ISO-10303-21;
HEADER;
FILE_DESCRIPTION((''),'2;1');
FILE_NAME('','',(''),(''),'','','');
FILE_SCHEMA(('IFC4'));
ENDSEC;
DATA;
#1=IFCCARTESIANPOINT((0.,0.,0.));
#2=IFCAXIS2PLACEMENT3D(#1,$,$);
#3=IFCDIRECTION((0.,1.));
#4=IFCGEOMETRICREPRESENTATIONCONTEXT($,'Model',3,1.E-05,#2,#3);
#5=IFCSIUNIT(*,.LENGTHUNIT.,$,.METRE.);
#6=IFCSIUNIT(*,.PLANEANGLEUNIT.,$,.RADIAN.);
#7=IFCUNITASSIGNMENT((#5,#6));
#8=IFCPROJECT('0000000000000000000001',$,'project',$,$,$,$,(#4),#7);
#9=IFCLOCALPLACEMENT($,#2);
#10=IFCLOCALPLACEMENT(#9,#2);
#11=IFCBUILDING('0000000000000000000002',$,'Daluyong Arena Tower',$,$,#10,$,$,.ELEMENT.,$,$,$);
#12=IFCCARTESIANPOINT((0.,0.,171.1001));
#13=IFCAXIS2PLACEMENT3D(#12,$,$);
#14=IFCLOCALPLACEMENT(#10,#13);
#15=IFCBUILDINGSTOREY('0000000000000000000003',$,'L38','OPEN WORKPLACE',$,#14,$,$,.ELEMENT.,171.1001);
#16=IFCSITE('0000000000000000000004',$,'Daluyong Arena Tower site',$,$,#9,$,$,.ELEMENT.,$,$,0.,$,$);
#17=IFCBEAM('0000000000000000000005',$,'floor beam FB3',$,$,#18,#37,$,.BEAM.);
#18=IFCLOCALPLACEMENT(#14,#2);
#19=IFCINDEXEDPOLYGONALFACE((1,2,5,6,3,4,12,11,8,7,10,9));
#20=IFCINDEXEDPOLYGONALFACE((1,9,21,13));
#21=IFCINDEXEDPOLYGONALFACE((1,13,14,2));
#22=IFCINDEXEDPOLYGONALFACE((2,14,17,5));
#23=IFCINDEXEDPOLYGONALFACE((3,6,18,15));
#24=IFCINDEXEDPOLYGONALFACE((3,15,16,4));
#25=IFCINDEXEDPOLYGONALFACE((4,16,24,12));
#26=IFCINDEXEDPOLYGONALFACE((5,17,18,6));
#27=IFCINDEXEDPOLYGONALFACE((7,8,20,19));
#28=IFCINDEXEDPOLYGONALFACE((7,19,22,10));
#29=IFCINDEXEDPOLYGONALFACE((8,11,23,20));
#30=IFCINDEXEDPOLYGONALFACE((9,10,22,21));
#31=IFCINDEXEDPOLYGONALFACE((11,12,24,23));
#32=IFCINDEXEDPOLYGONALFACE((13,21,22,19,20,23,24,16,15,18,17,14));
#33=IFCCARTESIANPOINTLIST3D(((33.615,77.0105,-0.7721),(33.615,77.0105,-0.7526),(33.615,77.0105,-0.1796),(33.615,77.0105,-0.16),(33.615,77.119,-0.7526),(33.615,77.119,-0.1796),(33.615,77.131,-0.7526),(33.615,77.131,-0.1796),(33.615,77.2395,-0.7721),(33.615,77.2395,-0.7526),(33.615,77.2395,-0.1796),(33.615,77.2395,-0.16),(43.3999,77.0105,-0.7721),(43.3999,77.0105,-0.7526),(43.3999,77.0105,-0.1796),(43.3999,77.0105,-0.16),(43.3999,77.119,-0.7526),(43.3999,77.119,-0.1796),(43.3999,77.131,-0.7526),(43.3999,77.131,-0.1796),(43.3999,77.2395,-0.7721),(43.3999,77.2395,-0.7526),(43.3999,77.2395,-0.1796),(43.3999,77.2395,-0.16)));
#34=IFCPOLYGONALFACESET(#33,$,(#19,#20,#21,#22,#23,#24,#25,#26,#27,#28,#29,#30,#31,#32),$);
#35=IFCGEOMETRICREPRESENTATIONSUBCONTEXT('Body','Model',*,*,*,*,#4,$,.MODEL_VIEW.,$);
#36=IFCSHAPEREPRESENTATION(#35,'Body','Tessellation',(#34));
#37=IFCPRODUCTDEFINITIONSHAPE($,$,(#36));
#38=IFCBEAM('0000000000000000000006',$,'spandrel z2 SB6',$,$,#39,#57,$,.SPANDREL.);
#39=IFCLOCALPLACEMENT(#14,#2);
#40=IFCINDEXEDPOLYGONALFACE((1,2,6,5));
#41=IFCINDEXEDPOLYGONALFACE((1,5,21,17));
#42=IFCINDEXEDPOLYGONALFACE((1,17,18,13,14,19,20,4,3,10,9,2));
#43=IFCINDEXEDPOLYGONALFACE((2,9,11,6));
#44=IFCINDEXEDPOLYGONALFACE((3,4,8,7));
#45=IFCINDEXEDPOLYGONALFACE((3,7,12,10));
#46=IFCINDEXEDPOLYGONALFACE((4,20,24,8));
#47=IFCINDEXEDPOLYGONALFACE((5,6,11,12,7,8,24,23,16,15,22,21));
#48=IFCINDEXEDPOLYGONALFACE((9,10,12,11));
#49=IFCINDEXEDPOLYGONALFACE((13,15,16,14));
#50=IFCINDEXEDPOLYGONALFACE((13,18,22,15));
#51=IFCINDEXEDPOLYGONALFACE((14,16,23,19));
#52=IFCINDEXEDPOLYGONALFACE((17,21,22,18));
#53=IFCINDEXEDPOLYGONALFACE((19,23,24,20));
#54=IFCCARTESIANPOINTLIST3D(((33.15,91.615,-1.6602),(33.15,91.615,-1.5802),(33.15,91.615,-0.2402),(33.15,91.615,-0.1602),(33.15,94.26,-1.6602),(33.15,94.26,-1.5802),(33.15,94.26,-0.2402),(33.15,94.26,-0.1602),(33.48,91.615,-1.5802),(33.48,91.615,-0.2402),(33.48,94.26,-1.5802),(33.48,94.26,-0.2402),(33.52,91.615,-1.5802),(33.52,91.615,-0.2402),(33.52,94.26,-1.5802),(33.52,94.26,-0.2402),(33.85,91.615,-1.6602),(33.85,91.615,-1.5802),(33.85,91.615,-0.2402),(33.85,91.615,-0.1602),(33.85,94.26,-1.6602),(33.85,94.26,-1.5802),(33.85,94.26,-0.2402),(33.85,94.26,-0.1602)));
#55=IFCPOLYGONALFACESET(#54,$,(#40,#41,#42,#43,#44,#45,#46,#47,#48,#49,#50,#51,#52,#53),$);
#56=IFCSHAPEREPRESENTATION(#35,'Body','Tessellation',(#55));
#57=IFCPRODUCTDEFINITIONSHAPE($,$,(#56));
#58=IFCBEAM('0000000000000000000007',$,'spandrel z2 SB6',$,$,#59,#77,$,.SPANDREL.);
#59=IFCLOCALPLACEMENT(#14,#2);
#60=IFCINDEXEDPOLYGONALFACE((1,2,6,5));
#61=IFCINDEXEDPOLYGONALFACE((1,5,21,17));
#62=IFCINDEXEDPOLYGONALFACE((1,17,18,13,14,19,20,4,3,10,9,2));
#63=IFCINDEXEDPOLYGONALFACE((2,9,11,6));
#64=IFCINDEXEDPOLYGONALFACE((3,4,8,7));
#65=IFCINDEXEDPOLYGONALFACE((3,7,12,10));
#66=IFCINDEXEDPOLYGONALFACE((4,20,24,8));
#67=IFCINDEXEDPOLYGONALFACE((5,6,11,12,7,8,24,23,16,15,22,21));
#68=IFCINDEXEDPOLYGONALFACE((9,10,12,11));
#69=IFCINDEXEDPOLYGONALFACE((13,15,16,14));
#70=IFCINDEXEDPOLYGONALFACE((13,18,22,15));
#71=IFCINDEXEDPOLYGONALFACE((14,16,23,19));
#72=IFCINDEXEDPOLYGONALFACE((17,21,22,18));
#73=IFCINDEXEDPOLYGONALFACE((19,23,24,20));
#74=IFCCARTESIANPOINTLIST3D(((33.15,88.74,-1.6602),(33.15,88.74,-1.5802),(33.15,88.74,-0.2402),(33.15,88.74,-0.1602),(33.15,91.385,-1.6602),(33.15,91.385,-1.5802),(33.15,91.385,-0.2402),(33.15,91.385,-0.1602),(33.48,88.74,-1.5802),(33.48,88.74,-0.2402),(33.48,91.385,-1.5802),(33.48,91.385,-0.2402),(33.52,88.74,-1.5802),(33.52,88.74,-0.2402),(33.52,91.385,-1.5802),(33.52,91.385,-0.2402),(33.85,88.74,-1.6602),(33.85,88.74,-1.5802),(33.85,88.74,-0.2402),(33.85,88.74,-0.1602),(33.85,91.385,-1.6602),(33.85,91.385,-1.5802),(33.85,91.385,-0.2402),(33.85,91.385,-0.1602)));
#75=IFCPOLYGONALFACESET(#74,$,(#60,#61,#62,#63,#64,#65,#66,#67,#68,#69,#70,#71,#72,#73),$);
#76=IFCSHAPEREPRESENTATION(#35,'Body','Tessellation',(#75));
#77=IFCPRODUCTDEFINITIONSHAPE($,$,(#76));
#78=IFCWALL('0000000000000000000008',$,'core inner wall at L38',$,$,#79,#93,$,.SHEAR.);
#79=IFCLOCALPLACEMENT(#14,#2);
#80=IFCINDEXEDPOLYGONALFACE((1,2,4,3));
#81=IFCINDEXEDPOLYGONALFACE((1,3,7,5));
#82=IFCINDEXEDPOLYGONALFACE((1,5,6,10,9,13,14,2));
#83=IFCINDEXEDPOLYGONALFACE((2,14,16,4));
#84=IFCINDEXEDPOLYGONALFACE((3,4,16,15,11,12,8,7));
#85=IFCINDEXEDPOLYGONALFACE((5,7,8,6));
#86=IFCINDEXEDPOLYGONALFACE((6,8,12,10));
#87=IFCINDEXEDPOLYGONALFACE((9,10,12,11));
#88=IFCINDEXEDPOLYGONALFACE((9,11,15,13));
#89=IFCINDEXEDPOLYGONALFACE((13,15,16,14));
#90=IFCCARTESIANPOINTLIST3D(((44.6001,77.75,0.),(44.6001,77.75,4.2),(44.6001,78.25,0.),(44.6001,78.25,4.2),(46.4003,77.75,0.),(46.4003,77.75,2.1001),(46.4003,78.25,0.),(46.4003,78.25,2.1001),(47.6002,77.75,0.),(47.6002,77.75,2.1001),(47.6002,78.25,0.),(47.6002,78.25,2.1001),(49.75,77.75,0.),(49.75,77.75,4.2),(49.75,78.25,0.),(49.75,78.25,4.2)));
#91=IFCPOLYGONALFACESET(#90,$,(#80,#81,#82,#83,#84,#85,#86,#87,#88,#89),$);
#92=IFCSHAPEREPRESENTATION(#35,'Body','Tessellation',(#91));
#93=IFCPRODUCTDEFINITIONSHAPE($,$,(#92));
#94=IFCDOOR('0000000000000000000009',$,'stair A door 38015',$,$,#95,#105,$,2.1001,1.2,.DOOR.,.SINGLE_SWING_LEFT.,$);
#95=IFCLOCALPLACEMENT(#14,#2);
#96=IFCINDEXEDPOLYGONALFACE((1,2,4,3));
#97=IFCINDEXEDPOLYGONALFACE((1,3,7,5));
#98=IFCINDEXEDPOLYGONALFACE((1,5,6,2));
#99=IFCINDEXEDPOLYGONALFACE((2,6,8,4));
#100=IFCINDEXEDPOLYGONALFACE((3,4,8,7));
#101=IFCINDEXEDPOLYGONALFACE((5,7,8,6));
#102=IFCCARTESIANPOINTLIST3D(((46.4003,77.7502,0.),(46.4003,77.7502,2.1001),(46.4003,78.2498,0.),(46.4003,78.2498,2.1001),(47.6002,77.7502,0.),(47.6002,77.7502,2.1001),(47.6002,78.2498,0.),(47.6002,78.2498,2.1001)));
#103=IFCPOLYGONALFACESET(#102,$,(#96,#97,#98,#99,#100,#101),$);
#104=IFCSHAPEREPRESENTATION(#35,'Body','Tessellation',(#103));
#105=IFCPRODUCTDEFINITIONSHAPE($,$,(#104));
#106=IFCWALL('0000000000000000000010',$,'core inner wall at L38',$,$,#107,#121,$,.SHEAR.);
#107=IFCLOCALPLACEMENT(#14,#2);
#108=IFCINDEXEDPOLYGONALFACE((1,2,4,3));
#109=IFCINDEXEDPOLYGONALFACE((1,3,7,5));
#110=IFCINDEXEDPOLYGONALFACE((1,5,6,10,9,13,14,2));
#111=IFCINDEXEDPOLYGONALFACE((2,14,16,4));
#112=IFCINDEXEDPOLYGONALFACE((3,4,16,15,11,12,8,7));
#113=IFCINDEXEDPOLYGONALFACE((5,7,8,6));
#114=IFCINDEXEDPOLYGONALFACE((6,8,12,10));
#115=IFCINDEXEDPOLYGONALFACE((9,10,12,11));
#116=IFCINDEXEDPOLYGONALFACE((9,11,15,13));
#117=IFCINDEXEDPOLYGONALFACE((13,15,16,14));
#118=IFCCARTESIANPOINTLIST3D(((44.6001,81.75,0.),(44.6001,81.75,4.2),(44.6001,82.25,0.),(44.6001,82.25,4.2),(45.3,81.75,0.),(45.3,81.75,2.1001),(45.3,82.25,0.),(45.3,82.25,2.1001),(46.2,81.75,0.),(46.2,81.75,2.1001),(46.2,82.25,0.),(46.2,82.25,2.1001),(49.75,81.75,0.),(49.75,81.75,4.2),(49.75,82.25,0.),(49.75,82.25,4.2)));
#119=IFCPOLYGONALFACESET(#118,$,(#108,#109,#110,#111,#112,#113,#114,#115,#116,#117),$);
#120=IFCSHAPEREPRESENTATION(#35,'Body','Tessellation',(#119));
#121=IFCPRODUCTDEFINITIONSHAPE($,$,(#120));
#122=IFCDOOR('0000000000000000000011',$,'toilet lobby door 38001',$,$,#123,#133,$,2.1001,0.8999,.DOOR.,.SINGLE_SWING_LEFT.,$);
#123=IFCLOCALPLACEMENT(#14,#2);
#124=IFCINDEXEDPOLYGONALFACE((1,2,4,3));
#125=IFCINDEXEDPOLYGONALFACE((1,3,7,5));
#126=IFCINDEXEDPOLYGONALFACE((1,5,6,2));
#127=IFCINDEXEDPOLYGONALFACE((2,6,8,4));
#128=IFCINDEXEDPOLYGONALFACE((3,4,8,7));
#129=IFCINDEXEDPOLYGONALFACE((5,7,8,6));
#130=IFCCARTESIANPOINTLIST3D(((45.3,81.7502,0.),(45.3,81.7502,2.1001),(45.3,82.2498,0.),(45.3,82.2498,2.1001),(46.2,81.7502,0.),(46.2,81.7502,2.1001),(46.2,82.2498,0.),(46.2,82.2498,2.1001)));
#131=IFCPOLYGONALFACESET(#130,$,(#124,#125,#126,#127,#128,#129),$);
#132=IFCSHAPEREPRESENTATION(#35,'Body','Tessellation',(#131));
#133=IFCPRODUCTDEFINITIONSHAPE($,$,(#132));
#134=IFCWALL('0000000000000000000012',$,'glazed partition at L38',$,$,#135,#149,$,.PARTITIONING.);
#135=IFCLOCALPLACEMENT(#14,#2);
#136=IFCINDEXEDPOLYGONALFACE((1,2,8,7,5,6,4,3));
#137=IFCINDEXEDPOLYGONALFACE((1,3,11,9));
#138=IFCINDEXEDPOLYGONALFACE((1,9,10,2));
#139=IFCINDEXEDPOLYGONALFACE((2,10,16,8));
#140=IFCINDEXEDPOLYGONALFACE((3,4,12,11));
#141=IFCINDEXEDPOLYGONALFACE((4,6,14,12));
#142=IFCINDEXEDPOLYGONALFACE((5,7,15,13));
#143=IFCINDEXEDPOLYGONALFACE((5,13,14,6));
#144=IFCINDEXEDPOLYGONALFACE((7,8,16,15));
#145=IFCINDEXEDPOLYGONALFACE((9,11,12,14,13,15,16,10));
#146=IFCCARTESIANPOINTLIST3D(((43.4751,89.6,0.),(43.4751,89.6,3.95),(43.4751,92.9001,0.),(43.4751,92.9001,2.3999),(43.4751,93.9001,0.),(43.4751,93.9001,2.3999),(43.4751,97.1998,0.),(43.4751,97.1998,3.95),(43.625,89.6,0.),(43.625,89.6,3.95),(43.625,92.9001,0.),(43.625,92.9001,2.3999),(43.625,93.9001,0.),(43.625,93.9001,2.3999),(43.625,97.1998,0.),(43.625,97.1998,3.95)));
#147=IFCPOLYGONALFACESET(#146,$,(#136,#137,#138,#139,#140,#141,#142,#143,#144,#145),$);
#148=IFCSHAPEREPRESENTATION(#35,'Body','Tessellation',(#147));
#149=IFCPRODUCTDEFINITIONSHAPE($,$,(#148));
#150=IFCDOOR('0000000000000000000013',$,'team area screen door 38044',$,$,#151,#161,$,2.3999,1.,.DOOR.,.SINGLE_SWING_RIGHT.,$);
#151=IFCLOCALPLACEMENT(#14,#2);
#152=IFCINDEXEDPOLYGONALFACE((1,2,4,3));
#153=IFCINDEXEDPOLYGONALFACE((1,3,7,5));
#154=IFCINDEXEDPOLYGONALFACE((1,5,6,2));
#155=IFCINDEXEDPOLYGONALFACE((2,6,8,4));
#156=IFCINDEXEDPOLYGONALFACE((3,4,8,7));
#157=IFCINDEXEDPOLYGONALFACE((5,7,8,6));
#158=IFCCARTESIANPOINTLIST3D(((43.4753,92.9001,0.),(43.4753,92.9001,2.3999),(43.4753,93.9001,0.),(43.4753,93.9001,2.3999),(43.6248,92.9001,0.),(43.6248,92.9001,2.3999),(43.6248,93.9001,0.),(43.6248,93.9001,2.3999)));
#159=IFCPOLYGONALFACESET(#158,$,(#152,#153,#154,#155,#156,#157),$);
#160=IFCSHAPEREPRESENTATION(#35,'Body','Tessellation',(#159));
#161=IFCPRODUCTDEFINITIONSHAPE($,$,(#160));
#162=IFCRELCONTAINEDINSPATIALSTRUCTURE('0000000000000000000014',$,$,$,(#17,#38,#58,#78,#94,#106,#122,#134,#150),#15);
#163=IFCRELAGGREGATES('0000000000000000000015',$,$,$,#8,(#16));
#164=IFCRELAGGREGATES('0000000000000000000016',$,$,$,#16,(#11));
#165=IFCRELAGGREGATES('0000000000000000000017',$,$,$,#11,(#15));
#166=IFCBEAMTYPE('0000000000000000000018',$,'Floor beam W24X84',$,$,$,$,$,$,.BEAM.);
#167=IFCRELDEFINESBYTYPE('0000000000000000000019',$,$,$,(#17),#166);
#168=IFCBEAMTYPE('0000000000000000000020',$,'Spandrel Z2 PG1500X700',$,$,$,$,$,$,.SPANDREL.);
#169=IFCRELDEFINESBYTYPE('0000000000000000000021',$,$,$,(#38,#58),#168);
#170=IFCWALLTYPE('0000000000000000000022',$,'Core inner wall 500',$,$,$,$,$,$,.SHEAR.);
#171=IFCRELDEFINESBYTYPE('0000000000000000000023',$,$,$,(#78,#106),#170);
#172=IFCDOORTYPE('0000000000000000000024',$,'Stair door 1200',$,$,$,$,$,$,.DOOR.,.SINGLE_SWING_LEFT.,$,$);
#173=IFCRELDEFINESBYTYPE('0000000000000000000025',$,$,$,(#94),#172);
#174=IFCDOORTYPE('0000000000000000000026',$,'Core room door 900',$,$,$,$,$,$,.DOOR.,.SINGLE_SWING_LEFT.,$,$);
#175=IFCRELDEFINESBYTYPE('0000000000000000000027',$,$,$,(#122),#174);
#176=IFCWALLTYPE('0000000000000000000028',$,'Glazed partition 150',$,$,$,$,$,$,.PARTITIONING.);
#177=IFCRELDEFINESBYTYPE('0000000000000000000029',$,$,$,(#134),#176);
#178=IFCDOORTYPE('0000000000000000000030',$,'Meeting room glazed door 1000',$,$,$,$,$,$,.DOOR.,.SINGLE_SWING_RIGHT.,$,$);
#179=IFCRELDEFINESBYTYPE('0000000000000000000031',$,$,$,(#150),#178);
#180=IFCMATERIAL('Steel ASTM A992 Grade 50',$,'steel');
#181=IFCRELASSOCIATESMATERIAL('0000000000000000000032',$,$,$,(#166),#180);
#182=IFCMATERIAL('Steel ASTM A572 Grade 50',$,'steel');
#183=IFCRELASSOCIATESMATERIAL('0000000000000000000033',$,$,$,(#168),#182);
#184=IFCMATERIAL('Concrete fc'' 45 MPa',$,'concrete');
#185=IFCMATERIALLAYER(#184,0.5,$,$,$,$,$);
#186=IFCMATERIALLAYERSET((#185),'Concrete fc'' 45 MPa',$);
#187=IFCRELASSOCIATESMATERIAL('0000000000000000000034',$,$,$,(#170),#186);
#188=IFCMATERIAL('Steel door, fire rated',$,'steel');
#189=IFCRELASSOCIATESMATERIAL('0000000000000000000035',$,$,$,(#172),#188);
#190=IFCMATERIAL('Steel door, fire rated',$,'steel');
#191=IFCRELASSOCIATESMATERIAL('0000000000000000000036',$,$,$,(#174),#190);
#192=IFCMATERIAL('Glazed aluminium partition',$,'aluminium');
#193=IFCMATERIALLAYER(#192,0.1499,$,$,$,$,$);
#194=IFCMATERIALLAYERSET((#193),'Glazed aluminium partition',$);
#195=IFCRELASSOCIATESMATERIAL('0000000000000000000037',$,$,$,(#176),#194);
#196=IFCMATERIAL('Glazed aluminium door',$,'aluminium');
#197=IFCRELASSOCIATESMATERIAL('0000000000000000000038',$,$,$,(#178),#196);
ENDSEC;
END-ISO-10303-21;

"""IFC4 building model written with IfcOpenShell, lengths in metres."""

from ifc_helpers import new_model, si_unit, direction, frame, frame_2d, origin, origin_2d, place, context, subcontext, project, spatial, rectangle, i_section, extrude, material, layer, layer_set, material_profile, profile_set, type_object, element, fill, save


model = new_model("IFC4")

# Units and contexts
model_context = context("Model", 3, precision=1e-05, world=origin(), true_north=direction((0.0, 1.0)))
body_context = subcontext(model_context, "Body", "Model", "MODEL_VIEW")
ifc_project = project(units=[si_unit("LENGTHUNIT", "METRE"), si_unit("PLANEANGLEUNIT", "RADIAN")], contexts=[model_context])

# Site, building, storey
site_placement = place(None, origin())
site = spatial("IfcSite", under=ifc_project, at=site_placement, Name="Daluyong Arena Tower site", CompositionType="ELEMENT", RefElevation=0.0)
building_placement = place(site_placement, origin())
building = spatial("IfcBuilding", under=site, at=building_placement, Name="Daluyong Arena Tower", CompositionType="ELEMENT")
storey_placement = place(building_placement, frame((0.0, 0.0, 171.1001)))
storey = spatial("IfcBuildingStorey", under=building, at=storey_placement, Name="L38", Description="OPEN WORKPLACE", CompositionType="ELEMENT", Elevation=171.1001)

# Beams
ifc_material_1 = material(Name="Steel ASTM A992 Grade 50", Category="steel")
ifc_material_profile_1 = material_profile(ifc_material_1, i_section(OverallWidth=0.229, OverallDepth=0.6121, WebThickness=0.012, FlangeThickness=0.0195, at=origin_2d()))
ifc_profile_set_1 = profile_set([ifc_material_profile_1], Name="Steel ASTM A992 Grade 50")
beam_type_1 = type_object("IfcBeamType", Name="Floor beam W24X84", PredefinedType="BEAM", material=ifc_profile_set_1)
for number, where, z_axis, x_axis, name in (
    (1, (33.615, 77.125, -0.4661), (1.0, 0.0, 0.0), (0.0, 1.0, 0.0), "floor beam FB3"),
):
    element("IfcBeam", number, at=place(storey_placement, frame(where, z_axis=z_axis, x_axis=x_axis)), inside=storey, type_object=beam_type_1, Name=name, PredefinedType="BEAM", context=body_context, shape_type="SweptSolid", body=[
        extrude(i_section(OverallWidth=0.229, OverallDepth=0.6121, WebThickness=0.012, FlangeThickness=0.0195, at=origin_2d()), origin(), (0.0, 0.0, 1.0), 9.7849),
    ])
ifc_material_2 = material(Name="Steel ASTM A572 Grade 50", Category="steel")
ifc_material_profile_2 = material_profile(ifc_material_2, i_section(OverallWidth=0.7, OverallDepth=1.5, WebThickness=0.04, FlangeThickness=0.08, at=origin_2d()))
ifc_profile_set_2 = profile_set([ifc_material_profile_2], Name="Steel ASTM A572 Grade 50")
beam_type_2 = type_object("IfcBeamType", Name="Spandrel Z2 PG1500X700", PredefinedType="SPANDREL", material=ifc_profile_set_2)
for number, where, z_axis, x_axis, name in (
    (2, (33.5, 94.26, -0.9102), (0.0, -1.0, 0.0), (1.0, 0.0, 0.0), "spandrel z2 SB6"),
    (3, (33.5, 91.385, -0.9102), (0.0, -1.0, 0.0), (1.0, 0.0, 0.0), "spandrel z2 SB6"),
):
    element("IfcBeam", number, at=place(storey_placement, frame(where, z_axis=z_axis, x_axis=x_axis)), inside=storey, type_object=beam_type_2, Name=name, PredefinedType="SPANDREL", context=body_context, shape_type="SweptSolid", body=[
        extrude(i_section(OverallWidth=0.7, OverallDepth=1.5, WebThickness=0.04, FlangeThickness=0.08, at=origin_2d()), origin(), (0.0, 0.0, 1.0), 2.645),
    ])

# Walls, openings, doors
ifc_material_3 = material(Name="Concrete fc' 45 MPa", Category="concrete")
ifc_layer_1 = layer(ifc_material_3, 0.5)
ifc_layer_set_1 = layer_set([ifc_layer_1], Name="Concrete fc' 45 MPa")
wall_type_1 = type_object("IfcWallType", Name="Core inner wall 500", PredefinedType="SHEAR", material=ifc_layer_set_1)
wall_1_placement = place(storey_placement, frame((44.6001, 78.0, 0.0), z_axis=(0.0, 0.0, 1.0), x_axis=(1.0, 0.0, 0.0)))
wall_1 = element("IfcWall", 4, at=wall_1_placement, inside=storey, type_object=wall_type_1, Name="core inner wall at L38", PredefinedType="SHEAR", context=body_context, shape_type="SweptSolid", body=[
    extrude(rectangle(XDim=5.1499, YDim=0.5, at=frame_2d((2.575, 0.0))), origin(), (0.0, 0.0, 1.0), 4.2),
])
opening_1_placement = place(wall_1_placement, frame((1.8, 0.0, 0.0)))
opening_1 = element("IfcOpeningElement", 5, at=opening_1_placement, cuts=wall_1, PredefinedType="OPENING", context=body_context, shape_type="SweptSolid", body=[
    extrude(rectangle(XDim=1.2, YDim=2.1001, at=frame_2d((0.6001, 1.05))), frame((0.0, 0.26, 0.0), z_axis=(0.0, -1.0, 0.0), x_axis=(1.0, 0.0, 0.0)), (0.0, 0.0, 1.0), 0.52),
])
ifc_material_4 = material(Name="Steel door, fire rated", Category="steel")
door_type_1 = type_object("IfcDoorType", Name="Stair door 1200", OperationType="SINGLE_SWING_LEFT", PredefinedType="DOOR", material=ifc_material_4)
door_1_placement = place(opening_1_placement, origin())
door_1 = element("IfcDoor", 6, at=door_1_placement, inside=storey, type_object=door_type_1, Name="stair A door 38015", OperationType="SINGLE_SWING_LEFT", OverallHeight=2.1001, OverallWidth=1.2, PredefinedType="DOOR", context=body_context, shape_type="SweptSolid", body=[
    extrude(rectangle(XDim=1.2, YDim=2.1001, at=frame_2d((0.6001, 1.05))), frame((0.0, 0.2498, 0.0), z_axis=(0.0, -1.0, 0.0), x_axis=(1.0, 0.0, 0.0)), (0.0, 0.0, 1.0), 0.4995),
])
fill(opening_1, door_1)
wall_2_placement = place(storey_placement, frame((44.6001, 82.0, 0.0), z_axis=(0.0, 0.0, 1.0), x_axis=(1.0, 0.0, 0.0)))
wall_2 = element("IfcWall", 7, at=wall_2_placement, inside=storey, type_object=wall_type_1, Name="core inner wall at L38", PredefinedType="SHEAR", context=body_context, shape_type="SweptSolid", body=[
    extrude(rectangle(XDim=5.1499, YDim=0.5, at=frame_2d((2.575, 0.0))), origin(), (0.0, 0.0, 1.0), 4.2),
])
opening_2_placement = place(wall_2_placement, frame((0.7, 0.0, 0.0)))
opening_2 = element("IfcOpeningElement", 8, at=opening_2_placement, cuts=wall_2, PredefinedType="OPENING", context=body_context, shape_type="SweptSolid", body=[
    extrude(rectangle(XDim=0.8999, YDim=2.1001, at=frame_2d((0.45, 1.05))), frame((0.0, 0.26, 0.0), z_axis=(0.0, -1.0, 0.0), x_axis=(1.0, 0.0, 0.0)), (0.0, 0.0, 1.0), 0.52),
])
ifc_material_5 = material(Name="Steel door, fire rated", Category="steel")
door_type_2 = type_object("IfcDoorType", Name="Core room door 900", OperationType="SINGLE_SWING_LEFT", PredefinedType="DOOR", material=ifc_material_5)
door_2_placement = place(opening_2_placement, origin())
door_2 = element("IfcDoor", 9, at=door_2_placement, inside=storey, type_object=door_type_2, Name="toilet lobby door 38001", OperationType="SINGLE_SWING_LEFT", OverallHeight=2.1001, OverallWidth=0.8999, PredefinedType="DOOR", context=body_context, shape_type="SweptSolid", body=[
    extrude(rectangle(XDim=0.8999, YDim=2.1001, at=frame_2d((0.45, 1.05))), frame((0.0, 0.2498, 0.0), z_axis=(0.0, -1.0, 0.0), x_axis=(1.0, 0.0, 0.0)), (0.0, 0.0, 1.0), 0.4995),
])
fill(opening_2, door_2)
ifc_material_6 = material(Name="Glazed aluminium partition", Category="aluminium")
ifc_layer_2 = layer(ifc_material_6, 0.1499)
ifc_layer_set_2 = layer_set([ifc_layer_2], Name="Glazed aluminium partition")
wall_type_2 = type_object("IfcWallType", Name="Glazed partition 150", PredefinedType="PARTITIONING", material=ifc_layer_set_2)
wall_3_placement = place(storey_placement, frame((43.55, 89.6001, 0.0), z_axis=(0.0, 0.0, 1.0), x_axis=(0.0, 1.0, 0.0)))
wall_3 = element("IfcWall", 10, at=wall_3_placement, inside=storey, type_object=wall_type_2, Name="glazed partition at L38", PredefinedType="PARTITIONING", context=body_context, shape_type="SweptSolid", body=[
    extrude(rectangle(XDim=7.5999, YDim=0.1499, at=frame_2d((3.7998, 0.0))), origin(), (0.0, 0.0, 1.0), 3.95),
])
opening_3_placement = place(wall_3_placement, frame((3.3, 0.0, 0.0)))
opening_3 = element("IfcOpeningElement", 11, at=opening_3_placement, cuts=wall_3, PredefinedType="OPENING", context=body_context, shape_type="SweptSolid", body=[
    extrude(rectangle(XDim=1.0, YDim=2.3999, at=frame_2d((0.5, 1.2))), frame((0.0, 0.085, 0.0), z_axis=(0.0, -1.0, 0.0), x_axis=(1.0, 0.0, 0.0)), (0.0, 0.0, 1.0), 0.1699),
])
ifc_material_7 = material(Name="Glazed aluminium door", Category="aluminium")
door_type_3 = type_object("IfcDoorType", Name="Meeting room glazed door 1000", OperationType="SINGLE_SWING_RIGHT", PredefinedType="DOOR", material=ifc_material_7)
door_3_placement = place(opening_3_placement, origin())
door_3 = element("IfcDoor", 12, at=door_3_placement, inside=storey, type_object=door_type_3, Name="team area screen door 38044", OperationType="SINGLE_SWING_RIGHT", OverallHeight=2.3999, OverallWidth=1.0, PredefinedType="DOOR", context=body_context, shape_type="SweptSolid", body=[
    extrude(rectangle(XDim=1.0, YDim=2.3999, at=frame_2d((0.5, 1.2))), frame((0.0, 0.0747, 0.0), z_axis=(0.0, -1.0, 0.0), x_axis=(1.0, 0.0, 0.0)), (0.0, 0.0, 1.0), 0.1494),
])
fill(opening_3, door_3)

save(model, "model.ifc")
